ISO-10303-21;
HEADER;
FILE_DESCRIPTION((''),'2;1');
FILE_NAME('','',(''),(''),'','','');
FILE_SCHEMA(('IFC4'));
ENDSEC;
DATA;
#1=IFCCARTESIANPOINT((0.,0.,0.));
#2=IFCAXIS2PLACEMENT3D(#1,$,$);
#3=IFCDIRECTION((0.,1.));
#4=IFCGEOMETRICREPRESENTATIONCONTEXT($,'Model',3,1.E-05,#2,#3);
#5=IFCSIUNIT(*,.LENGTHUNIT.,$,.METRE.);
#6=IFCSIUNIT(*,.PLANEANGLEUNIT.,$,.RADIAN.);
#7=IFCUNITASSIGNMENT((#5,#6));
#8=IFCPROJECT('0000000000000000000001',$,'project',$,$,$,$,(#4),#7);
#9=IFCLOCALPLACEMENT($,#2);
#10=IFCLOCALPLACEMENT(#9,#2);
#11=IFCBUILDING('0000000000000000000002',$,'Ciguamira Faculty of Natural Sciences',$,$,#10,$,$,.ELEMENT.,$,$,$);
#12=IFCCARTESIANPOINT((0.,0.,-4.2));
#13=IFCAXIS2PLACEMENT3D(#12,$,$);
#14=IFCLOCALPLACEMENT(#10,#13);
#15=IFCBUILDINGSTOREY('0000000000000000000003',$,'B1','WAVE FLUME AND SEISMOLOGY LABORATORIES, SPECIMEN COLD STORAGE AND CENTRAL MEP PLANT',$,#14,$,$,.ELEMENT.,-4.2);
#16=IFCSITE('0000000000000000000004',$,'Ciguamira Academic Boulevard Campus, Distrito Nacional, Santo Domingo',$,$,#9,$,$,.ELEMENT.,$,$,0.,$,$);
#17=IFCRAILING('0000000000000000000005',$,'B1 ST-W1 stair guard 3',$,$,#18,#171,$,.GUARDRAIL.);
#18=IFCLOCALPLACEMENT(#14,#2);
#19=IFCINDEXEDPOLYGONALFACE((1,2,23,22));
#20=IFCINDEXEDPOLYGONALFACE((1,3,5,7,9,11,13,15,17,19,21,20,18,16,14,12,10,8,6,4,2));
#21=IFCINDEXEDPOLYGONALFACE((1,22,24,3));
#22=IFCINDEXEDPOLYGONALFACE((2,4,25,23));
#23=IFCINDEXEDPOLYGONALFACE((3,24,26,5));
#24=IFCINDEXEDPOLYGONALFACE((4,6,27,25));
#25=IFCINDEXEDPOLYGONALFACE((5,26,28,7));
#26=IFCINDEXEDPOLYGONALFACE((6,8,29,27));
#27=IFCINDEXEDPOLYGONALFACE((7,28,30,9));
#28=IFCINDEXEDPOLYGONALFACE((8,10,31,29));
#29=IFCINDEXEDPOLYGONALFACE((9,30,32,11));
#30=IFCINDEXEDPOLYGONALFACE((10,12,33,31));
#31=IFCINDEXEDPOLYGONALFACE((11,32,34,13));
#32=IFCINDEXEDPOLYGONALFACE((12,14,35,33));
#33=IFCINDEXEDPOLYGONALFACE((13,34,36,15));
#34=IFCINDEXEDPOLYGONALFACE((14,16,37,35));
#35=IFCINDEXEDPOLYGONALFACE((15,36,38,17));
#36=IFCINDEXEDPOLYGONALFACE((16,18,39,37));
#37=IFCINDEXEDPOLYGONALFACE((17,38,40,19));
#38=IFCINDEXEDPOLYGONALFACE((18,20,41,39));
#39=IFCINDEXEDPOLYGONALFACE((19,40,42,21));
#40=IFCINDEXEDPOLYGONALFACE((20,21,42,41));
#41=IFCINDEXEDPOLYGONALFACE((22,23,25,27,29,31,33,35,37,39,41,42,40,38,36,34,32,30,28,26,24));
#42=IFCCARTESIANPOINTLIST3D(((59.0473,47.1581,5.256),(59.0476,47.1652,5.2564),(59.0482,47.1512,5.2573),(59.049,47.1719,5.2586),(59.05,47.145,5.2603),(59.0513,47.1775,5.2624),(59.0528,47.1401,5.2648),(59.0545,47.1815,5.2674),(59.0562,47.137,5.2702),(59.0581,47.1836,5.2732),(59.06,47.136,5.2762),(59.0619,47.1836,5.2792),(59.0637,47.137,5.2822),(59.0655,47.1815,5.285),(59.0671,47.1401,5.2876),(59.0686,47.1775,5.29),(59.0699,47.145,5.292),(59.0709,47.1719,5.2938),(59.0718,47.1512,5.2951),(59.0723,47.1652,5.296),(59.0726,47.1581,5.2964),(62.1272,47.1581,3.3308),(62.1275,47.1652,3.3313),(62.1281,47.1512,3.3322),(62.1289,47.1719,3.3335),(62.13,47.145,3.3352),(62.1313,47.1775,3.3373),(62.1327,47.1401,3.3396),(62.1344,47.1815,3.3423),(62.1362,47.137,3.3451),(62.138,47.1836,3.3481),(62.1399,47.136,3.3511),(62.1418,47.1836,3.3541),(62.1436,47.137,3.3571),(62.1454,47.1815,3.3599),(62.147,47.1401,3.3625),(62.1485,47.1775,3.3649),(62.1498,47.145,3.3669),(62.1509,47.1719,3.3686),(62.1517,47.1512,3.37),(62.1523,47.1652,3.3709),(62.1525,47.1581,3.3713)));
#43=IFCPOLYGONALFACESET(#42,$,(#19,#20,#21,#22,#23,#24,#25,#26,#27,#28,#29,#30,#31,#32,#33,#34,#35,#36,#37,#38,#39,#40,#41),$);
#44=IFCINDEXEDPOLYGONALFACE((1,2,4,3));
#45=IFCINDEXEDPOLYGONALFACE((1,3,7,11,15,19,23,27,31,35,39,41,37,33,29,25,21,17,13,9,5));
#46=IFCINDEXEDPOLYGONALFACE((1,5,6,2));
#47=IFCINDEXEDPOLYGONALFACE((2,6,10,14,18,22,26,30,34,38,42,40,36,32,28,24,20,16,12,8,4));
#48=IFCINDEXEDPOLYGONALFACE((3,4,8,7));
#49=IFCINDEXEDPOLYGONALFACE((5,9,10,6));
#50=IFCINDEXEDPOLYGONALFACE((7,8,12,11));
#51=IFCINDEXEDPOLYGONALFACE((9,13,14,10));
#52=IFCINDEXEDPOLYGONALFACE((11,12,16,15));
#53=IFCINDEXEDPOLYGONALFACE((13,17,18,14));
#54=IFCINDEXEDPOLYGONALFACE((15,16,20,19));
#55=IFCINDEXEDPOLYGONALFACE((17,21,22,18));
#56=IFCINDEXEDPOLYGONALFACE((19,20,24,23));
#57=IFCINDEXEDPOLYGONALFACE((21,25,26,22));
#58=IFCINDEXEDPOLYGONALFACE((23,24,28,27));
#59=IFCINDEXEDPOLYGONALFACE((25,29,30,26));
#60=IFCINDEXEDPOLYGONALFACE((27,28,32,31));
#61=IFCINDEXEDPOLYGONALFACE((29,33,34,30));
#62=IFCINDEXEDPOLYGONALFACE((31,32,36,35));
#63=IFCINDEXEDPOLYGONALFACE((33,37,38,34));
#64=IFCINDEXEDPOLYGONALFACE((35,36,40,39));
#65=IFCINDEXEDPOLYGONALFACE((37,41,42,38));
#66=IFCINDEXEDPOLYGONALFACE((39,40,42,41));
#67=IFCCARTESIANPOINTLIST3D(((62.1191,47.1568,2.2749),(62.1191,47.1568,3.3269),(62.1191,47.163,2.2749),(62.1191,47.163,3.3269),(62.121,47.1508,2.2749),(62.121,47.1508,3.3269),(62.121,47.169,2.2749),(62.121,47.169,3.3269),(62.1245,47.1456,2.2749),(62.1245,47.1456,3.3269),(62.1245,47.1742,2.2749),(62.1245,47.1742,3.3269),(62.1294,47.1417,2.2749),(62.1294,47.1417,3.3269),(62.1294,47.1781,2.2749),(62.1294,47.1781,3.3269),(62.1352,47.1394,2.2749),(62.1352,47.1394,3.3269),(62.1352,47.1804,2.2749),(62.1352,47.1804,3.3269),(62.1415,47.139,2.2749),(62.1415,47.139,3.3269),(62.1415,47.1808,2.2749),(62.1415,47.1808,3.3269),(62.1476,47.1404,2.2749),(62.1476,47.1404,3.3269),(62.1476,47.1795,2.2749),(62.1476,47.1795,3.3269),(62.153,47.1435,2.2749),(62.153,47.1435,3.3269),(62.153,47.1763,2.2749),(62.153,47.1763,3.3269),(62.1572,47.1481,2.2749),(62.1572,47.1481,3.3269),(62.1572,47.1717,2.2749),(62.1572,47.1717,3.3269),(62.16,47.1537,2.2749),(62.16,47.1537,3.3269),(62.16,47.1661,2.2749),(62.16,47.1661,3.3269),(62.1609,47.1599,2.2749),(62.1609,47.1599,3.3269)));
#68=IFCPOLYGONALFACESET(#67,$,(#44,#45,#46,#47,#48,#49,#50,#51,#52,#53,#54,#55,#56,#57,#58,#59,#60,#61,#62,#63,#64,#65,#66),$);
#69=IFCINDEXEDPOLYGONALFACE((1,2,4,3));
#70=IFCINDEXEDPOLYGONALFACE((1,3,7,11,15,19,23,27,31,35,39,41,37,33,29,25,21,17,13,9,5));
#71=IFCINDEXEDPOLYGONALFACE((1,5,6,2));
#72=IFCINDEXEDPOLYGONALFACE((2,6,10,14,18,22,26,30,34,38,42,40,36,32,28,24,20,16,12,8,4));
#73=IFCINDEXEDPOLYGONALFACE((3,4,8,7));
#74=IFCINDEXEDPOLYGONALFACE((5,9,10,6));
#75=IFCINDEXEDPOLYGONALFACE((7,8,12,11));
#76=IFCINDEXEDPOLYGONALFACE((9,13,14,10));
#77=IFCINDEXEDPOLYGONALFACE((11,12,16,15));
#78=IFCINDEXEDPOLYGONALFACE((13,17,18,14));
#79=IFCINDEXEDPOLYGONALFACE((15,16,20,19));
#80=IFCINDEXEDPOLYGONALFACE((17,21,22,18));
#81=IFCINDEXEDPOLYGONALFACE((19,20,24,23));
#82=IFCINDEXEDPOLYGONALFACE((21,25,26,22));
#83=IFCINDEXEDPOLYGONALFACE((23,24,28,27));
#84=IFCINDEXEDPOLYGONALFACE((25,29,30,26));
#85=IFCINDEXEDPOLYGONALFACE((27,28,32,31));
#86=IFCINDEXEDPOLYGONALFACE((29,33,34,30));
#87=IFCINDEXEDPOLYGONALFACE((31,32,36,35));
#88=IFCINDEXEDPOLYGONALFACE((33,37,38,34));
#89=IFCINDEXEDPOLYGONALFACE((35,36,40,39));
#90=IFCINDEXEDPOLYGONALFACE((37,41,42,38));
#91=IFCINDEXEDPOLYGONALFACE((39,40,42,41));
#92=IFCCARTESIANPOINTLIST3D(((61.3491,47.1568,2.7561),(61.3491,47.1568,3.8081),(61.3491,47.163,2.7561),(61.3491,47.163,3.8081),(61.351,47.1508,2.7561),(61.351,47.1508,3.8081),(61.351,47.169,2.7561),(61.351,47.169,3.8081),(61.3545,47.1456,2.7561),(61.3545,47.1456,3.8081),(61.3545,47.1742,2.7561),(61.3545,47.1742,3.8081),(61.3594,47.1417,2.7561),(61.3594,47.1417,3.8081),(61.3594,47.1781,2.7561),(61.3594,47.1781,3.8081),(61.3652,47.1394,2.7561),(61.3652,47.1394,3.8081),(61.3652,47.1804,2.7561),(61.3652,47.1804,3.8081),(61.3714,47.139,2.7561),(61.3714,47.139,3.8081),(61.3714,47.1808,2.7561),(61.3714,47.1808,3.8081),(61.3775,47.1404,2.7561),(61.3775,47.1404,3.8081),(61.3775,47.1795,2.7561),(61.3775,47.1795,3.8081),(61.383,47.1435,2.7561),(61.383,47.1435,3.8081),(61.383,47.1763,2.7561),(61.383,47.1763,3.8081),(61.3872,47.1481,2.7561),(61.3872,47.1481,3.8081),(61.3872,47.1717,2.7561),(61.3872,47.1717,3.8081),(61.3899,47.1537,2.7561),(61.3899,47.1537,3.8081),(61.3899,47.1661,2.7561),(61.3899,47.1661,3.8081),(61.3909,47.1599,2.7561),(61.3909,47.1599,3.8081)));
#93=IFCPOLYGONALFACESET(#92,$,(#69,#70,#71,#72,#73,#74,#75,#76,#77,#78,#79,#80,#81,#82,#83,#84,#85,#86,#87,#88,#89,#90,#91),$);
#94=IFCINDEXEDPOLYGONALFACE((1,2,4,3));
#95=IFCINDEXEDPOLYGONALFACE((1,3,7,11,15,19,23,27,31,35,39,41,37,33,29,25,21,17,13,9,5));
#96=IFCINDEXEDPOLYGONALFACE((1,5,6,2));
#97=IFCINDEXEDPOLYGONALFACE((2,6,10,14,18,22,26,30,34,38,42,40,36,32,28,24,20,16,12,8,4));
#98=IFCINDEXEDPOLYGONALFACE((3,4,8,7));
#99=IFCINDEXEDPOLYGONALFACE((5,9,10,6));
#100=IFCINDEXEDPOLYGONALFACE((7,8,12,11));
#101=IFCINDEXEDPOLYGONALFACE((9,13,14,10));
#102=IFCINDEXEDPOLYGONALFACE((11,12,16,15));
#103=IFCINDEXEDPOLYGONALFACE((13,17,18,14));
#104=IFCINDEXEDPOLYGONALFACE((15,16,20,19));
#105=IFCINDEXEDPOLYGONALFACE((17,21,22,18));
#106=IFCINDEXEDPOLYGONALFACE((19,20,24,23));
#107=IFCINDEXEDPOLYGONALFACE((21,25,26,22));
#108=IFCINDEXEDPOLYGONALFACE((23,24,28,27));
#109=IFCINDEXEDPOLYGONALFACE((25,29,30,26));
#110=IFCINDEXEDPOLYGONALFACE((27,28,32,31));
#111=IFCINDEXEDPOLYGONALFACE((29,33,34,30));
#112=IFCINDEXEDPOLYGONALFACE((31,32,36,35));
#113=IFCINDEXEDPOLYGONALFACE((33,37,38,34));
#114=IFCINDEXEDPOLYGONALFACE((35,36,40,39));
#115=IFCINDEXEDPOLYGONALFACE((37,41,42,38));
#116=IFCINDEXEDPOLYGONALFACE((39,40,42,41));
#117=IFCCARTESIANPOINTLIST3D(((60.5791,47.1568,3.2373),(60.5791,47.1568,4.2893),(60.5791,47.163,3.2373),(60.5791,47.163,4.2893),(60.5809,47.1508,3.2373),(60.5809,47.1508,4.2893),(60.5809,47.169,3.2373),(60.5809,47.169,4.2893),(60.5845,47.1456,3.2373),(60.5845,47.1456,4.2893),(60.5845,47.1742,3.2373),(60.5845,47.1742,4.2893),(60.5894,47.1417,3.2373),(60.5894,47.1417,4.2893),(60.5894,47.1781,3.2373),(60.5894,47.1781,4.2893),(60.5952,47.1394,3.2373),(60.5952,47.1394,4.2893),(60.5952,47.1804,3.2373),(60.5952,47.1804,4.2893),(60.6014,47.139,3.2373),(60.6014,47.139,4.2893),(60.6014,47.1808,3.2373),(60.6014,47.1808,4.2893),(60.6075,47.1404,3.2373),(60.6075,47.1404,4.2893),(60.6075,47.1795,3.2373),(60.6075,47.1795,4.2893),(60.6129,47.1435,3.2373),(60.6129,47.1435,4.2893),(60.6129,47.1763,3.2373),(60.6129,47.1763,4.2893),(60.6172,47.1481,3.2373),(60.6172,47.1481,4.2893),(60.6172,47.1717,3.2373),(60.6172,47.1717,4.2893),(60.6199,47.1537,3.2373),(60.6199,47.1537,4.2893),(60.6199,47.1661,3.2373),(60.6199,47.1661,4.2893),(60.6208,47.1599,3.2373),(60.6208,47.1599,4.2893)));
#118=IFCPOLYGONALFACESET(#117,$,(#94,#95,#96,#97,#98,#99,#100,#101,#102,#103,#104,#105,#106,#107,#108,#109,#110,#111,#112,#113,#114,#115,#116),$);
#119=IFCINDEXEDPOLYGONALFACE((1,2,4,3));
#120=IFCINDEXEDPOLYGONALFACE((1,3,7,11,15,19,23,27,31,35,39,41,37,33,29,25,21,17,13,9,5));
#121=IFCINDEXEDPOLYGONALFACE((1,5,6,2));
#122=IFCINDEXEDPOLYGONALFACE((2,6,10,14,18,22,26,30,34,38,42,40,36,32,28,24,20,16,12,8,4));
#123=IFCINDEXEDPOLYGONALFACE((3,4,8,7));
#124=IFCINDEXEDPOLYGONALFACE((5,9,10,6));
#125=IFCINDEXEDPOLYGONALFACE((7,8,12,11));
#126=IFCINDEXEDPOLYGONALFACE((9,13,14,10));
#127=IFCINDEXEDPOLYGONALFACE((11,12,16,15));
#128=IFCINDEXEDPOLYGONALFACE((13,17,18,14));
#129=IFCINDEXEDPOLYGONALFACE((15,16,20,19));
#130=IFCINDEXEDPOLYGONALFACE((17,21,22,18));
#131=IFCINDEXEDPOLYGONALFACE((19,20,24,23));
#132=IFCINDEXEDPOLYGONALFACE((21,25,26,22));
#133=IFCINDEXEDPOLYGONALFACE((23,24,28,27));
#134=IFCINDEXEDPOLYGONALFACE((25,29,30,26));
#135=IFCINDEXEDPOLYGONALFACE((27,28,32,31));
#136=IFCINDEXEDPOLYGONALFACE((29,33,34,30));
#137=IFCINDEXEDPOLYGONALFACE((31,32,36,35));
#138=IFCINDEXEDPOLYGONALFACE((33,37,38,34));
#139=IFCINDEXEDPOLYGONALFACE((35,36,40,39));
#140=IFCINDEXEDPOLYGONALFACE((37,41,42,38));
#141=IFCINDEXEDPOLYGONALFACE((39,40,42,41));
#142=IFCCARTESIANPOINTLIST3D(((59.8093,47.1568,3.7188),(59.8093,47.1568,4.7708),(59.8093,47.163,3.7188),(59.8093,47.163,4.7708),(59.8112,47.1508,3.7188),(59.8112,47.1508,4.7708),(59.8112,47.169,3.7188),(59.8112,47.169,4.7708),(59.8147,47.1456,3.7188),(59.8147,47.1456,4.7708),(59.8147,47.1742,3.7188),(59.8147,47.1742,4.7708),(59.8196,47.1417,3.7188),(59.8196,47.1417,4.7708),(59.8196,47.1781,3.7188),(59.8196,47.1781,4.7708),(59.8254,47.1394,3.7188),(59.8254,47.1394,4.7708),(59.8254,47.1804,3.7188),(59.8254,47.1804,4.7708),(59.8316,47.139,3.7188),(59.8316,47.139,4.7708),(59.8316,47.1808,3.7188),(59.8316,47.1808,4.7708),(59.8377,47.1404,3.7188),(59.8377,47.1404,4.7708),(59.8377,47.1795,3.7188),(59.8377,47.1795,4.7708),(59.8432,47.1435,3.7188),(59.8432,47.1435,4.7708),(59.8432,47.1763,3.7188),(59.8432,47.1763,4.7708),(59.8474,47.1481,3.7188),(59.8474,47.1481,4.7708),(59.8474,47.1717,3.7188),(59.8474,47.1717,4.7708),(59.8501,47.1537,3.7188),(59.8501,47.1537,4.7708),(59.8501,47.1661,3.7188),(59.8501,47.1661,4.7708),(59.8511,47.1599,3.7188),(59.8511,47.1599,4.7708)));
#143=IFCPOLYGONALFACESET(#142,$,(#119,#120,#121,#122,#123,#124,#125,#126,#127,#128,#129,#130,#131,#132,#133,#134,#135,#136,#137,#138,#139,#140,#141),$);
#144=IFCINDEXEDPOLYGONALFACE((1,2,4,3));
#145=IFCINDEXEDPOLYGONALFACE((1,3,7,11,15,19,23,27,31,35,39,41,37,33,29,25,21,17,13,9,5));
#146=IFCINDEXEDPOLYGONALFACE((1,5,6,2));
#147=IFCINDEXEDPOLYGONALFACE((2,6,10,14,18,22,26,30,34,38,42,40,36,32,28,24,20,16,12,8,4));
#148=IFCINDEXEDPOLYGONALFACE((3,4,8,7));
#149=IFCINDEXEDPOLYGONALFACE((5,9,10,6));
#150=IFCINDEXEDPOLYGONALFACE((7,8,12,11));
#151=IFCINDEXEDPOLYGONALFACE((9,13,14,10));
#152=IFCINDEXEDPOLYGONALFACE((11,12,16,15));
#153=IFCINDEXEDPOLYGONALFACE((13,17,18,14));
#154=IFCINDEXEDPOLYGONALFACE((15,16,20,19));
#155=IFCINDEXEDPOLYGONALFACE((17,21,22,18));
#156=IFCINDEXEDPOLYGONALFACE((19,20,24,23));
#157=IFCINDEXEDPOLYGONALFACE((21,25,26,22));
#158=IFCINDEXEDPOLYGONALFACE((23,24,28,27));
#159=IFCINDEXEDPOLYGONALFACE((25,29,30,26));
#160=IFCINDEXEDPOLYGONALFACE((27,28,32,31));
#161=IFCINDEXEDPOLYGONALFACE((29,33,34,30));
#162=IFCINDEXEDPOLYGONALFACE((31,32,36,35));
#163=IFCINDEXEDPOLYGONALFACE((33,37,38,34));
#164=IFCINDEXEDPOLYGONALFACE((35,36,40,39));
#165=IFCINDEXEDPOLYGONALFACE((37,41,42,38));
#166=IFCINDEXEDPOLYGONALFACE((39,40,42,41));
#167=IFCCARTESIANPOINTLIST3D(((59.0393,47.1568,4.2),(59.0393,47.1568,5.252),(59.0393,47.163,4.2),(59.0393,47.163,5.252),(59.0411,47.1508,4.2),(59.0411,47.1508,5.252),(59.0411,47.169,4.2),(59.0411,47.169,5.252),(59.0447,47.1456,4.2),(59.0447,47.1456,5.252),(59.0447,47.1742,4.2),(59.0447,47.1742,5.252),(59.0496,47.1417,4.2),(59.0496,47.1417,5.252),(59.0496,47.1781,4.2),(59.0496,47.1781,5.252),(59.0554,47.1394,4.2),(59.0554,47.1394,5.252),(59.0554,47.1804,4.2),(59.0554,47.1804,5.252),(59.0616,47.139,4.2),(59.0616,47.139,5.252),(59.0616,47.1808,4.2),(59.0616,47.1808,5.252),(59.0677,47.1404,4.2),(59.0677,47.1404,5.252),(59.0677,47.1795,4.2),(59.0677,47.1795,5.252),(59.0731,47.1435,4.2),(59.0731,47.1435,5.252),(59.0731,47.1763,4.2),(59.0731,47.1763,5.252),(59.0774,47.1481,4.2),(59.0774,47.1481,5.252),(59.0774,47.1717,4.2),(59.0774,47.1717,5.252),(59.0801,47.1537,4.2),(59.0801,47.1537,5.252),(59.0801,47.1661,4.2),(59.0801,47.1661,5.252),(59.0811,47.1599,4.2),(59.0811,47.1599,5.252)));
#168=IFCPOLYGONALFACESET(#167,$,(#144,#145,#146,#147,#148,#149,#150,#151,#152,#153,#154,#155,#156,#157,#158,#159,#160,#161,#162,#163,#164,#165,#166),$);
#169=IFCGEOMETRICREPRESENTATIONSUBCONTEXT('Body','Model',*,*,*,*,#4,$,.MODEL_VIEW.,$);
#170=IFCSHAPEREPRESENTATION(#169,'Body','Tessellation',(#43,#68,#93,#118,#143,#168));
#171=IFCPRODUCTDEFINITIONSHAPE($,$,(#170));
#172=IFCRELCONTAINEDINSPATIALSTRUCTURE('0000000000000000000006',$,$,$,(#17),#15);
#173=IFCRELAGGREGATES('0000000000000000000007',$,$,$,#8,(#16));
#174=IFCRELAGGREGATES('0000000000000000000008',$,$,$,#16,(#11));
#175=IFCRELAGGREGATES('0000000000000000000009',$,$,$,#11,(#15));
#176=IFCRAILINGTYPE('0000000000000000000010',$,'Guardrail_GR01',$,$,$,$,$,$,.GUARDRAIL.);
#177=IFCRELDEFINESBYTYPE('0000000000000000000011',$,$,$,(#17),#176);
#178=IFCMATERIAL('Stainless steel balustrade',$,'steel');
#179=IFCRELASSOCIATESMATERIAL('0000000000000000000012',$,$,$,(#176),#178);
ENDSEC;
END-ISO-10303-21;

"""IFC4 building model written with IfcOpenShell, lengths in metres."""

from ifc_helpers import new_model, si_unit, direction, frame, origin, origin_2d, place, context, subcontext, project, spatial, circle, extrude, material, type_object, element, save


model = new_model("IFC4")

# Units and contexts
model_context = context("Model", 3, precision=1e-05, world=origin(), true_north=direction((0.0, 1.0)))
body_context = subcontext(model_context, "Body", "Model", "MODEL_VIEW")
ifc_project = project(units=[si_unit("LENGTHUNIT", "METRE"), si_unit("PLANEANGLEUNIT", "RADIAN")], contexts=[model_context])

# Site, building, storey
site_placement = place(None, origin())
site = spatial("IfcSite", under=ifc_project, at=site_placement, Name="Ciguamira Academic Boulevard Campus, Distrito Nacional, Santo Domingo", CompositionType="ELEMENT", RefElevation=0.0)
building_placement = place(site_placement, origin())
building = spatial("IfcBuilding", under=site, at=building_placement, Name="Ciguamira Faculty of Natural Sciences", CompositionType="ELEMENT")
storey_placement = place(building_placement, frame((0.0, 0.0, -4.2)))
storey = spatial("IfcBuildingStorey", under=building, at=storey_placement, Name="B1", Description="WAVE FLUME AND SEISMOLOGY LABORATORIES, SPECIMEN COLD STORAGE AND CENTRAL MEP PLANT", CompositionType="ELEMENT", Elevation=-4.2)

# Railing
ifc_material_1 = material(Name="Stainless steel balustrade", Category="steel")
railing_type_1 = type_object("IfcRailingType", Name="Guardrail_GR01", PredefinedType="GUARDRAIL", material=ifc_material_1)
railing_1_placement = place(storey_placement, frame((62.1399, 47.1599, 2.2749)))
element("IfcRailing", 1, at=railing_1_placement, inside=storey, type_object=railing_type_1, Name="B1 ST-W1 stair guard 3", PredefinedType="GUARDRAIL", context=body_context, shape_type="SweptSolid", body=[
    extrude(circle(Radius=0.0239, at=origin_2d()), frame((0.0, 0.0, 1.0762), z_axis=(-0.847979, 0.0, 0.530029), x_axis=(0.0, -1.0, 0.0)), (0.0, 0.0, 1.0), 3.6321),
    extrude(circle(Radius=0.021, at=origin_2d()), origin(), (0.0, 0.0, 1.0), 1.052),
    extrude(circle(Radius=0.021, at=origin_2d()), frame((-0.77, 0.0, 0.4812)), (0.0, 0.0, 1.0), 1.052),
    extrude(circle(Radius=0.021, at=origin_2d()), frame((-1.54, 0.0, 0.9624)), (0.0, 0.0, 1.0), 1.052),
    extrude(circle(Radius=0.021, at=origin_2d()), frame((-2.3098, 0.0, 1.4438)), (0.0, 0.0, 1.0), 1.052),
    extrude(circle(Radius=0.021, at=origin_2d()), frame((-3.0798, 0.0, 1.925)), (0.0, 0.0, 1.0), 1.052),
])

save(model, "model.ifc")
